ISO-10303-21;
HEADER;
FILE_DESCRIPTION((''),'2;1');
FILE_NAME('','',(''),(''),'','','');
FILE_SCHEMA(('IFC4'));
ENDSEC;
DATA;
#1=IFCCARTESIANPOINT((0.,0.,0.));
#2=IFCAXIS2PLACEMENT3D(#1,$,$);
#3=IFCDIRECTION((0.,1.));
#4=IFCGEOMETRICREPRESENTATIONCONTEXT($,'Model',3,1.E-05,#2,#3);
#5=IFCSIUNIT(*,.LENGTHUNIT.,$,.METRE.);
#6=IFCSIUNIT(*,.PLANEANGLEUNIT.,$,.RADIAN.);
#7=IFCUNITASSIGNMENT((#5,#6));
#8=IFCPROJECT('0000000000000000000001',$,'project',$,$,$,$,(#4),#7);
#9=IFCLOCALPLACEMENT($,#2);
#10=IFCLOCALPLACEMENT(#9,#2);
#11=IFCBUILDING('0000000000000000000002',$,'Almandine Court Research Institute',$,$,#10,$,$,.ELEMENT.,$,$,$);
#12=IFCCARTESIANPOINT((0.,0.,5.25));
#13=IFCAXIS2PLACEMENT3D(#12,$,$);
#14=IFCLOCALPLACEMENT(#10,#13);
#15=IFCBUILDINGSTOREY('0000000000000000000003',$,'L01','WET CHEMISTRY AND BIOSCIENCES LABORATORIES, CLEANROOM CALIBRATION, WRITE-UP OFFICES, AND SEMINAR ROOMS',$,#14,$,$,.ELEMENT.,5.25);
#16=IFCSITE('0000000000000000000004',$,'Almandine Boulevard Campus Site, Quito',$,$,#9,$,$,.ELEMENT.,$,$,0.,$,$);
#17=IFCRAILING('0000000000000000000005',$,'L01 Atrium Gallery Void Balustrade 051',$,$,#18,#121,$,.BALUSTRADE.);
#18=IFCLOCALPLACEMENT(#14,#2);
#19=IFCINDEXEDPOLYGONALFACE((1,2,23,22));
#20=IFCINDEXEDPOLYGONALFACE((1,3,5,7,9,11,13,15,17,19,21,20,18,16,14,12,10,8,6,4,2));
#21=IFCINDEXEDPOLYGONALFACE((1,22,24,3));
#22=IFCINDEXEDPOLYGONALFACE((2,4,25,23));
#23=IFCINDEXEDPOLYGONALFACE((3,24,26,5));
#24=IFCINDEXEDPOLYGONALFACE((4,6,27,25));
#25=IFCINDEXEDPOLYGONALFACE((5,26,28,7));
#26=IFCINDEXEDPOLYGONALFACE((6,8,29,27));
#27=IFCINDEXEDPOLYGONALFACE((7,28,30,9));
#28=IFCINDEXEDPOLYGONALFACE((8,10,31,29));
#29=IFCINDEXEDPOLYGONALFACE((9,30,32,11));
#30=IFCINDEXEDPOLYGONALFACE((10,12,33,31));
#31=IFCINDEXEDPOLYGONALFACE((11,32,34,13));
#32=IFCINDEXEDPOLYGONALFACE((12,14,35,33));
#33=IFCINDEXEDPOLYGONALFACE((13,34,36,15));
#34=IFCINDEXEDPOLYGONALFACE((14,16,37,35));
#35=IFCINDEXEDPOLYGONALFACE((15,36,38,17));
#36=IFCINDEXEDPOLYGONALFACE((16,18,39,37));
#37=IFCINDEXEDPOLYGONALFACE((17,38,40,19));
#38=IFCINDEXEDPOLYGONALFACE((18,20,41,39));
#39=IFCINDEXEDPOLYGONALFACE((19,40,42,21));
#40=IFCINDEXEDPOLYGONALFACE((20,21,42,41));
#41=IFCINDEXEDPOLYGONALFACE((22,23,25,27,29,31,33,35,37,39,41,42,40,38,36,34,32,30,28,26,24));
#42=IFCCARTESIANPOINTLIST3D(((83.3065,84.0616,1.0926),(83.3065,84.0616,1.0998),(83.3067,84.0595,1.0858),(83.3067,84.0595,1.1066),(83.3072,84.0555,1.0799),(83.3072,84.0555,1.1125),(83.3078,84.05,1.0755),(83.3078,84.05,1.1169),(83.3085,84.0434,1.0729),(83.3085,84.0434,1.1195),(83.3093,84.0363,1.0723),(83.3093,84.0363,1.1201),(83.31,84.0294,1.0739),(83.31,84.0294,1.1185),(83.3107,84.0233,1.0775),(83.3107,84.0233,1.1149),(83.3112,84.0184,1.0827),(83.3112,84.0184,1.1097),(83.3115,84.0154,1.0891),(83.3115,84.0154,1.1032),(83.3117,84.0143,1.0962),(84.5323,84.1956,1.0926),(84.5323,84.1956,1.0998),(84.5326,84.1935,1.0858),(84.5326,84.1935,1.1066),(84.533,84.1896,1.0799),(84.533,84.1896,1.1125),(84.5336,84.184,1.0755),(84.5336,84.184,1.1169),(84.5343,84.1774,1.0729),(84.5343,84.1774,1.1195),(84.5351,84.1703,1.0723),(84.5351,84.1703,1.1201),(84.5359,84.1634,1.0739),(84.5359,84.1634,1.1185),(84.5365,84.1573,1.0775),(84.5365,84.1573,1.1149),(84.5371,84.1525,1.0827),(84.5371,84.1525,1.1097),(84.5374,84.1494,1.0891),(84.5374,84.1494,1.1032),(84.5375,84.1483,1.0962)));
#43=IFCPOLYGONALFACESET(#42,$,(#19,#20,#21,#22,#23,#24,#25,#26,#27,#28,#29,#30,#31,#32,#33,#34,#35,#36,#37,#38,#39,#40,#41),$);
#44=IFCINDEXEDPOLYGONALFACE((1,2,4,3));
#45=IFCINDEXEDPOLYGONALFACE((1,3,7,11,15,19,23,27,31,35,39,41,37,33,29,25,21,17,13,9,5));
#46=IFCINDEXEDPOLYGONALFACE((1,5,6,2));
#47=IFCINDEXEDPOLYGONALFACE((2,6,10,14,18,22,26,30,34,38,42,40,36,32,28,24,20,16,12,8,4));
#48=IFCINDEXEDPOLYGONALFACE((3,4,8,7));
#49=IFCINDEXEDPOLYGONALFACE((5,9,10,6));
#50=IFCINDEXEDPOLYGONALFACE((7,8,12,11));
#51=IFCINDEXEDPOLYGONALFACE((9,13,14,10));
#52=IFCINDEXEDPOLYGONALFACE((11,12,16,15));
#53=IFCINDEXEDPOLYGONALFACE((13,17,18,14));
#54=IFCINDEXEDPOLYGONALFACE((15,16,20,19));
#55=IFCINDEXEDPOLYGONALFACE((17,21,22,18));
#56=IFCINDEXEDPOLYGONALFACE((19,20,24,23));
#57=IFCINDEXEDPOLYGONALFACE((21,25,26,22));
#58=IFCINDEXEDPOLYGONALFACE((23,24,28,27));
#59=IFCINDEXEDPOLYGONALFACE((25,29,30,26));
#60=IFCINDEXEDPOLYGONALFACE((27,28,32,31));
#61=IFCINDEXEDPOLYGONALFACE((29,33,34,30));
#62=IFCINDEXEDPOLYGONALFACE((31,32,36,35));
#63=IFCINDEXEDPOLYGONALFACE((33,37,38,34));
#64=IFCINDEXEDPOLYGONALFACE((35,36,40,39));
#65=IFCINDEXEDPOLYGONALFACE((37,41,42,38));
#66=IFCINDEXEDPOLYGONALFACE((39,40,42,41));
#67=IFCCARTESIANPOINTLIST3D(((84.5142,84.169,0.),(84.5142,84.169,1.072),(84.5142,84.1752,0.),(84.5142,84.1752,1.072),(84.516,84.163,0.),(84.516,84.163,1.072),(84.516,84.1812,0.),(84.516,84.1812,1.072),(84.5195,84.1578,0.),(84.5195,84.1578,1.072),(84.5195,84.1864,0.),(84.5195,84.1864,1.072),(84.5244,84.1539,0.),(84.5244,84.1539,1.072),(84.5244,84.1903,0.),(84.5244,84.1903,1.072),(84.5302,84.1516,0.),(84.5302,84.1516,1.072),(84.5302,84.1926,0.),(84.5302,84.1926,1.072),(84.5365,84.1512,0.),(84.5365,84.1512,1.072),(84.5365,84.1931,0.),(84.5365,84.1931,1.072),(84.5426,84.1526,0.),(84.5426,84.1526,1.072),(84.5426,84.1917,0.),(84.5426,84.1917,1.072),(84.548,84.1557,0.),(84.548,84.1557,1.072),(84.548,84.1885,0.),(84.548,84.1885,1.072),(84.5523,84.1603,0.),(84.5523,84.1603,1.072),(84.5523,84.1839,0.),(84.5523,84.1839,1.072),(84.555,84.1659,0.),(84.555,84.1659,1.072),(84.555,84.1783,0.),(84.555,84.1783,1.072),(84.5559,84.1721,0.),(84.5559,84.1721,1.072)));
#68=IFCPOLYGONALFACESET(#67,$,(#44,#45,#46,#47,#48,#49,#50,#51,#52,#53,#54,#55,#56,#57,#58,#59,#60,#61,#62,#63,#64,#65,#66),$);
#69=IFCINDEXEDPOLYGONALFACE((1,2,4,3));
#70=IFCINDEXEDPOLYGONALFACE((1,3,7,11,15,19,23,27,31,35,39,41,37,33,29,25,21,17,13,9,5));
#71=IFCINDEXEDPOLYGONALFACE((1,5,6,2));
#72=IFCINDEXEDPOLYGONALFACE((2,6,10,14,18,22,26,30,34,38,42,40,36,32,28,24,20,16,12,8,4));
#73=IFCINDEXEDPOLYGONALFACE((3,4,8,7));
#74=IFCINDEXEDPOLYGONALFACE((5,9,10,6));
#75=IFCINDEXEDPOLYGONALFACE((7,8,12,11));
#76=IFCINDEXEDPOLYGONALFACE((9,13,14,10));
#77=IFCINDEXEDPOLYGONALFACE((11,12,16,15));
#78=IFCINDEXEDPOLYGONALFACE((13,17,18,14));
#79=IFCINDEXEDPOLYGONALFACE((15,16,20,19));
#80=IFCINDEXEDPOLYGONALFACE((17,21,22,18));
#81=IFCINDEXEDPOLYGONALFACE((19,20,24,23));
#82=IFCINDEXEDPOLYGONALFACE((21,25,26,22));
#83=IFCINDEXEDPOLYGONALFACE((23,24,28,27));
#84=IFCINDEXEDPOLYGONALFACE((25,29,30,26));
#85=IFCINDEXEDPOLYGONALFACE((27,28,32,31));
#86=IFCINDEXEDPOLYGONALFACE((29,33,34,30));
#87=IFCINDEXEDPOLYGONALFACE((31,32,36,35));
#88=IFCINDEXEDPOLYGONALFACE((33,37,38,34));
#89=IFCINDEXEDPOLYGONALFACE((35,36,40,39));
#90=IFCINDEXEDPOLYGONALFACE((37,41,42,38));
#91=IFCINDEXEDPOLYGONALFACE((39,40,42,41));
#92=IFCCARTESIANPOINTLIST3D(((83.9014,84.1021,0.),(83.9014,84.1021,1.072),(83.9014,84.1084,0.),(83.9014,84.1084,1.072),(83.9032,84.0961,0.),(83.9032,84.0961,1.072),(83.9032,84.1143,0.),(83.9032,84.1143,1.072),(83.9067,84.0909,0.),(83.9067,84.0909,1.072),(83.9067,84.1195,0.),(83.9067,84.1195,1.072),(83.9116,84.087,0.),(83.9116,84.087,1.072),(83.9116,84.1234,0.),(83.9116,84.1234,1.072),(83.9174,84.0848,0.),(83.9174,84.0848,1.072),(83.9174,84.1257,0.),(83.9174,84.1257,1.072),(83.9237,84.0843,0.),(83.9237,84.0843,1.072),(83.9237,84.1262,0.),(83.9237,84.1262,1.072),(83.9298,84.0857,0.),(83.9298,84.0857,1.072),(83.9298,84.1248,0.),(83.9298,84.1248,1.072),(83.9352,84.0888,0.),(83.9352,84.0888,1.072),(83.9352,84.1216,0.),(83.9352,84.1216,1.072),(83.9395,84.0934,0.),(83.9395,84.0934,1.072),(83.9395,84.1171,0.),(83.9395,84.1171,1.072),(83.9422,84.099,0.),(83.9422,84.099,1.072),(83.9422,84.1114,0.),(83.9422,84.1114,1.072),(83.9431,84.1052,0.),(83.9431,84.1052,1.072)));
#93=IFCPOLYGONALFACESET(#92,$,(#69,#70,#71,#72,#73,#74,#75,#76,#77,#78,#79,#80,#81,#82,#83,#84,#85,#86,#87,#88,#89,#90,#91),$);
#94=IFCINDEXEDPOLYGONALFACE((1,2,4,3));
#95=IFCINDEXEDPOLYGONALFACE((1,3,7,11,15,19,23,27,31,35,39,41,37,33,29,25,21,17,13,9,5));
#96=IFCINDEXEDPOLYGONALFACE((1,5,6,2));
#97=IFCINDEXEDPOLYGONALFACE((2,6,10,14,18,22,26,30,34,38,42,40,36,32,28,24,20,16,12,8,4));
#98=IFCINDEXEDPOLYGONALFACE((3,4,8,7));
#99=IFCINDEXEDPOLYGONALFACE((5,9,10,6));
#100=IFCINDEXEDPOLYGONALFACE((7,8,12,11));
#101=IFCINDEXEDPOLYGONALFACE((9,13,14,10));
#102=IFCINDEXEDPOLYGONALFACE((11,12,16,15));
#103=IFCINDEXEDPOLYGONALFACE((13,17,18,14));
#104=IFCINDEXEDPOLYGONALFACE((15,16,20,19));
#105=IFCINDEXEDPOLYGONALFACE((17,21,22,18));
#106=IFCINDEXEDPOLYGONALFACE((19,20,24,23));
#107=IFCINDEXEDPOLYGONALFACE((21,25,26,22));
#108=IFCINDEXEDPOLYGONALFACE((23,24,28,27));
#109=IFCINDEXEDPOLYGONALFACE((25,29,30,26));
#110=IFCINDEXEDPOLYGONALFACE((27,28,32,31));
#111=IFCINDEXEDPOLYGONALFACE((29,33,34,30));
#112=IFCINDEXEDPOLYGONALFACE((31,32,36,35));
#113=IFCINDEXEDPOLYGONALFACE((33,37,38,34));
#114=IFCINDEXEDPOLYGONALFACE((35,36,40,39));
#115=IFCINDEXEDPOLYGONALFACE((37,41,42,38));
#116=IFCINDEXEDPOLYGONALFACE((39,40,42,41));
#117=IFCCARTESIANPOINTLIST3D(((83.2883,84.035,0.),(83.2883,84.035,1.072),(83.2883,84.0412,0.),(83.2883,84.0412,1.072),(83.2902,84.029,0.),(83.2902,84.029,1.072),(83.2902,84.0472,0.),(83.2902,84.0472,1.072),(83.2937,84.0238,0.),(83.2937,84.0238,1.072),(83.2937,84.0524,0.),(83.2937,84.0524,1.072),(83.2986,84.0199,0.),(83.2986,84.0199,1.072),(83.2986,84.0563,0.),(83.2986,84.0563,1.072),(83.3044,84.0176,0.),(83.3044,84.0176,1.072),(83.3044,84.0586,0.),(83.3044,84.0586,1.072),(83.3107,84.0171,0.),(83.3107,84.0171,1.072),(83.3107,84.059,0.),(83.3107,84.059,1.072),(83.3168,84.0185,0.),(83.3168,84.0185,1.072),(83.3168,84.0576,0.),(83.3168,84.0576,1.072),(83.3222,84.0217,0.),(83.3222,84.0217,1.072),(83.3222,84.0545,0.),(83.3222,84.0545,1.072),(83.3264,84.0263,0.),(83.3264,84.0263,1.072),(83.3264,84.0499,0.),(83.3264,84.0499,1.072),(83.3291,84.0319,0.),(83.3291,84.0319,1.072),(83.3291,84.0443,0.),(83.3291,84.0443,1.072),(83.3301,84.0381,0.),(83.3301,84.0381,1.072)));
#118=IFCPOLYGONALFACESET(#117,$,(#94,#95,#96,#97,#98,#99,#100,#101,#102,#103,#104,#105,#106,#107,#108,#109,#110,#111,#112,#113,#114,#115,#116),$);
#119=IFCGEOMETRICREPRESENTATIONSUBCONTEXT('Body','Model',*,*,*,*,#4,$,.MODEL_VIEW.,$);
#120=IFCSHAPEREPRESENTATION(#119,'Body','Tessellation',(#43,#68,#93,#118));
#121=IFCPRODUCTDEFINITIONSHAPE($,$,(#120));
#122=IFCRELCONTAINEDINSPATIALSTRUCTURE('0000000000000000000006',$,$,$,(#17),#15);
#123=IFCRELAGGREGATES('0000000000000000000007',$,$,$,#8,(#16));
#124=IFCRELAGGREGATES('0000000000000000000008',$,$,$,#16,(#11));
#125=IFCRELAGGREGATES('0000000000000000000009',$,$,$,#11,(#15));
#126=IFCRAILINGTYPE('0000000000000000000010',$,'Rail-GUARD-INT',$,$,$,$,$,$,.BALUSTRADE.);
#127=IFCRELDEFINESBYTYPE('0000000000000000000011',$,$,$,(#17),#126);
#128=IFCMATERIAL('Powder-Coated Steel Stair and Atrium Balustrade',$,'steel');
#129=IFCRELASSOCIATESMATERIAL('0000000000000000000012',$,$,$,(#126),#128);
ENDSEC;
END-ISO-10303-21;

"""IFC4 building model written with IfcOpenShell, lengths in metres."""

from ifc_helpers import new_model, si_unit, direction, frame, origin, origin_2d, place, context, subcontext, project, spatial, circle, extrude, material, type_object, element, save


model = new_model("IFC4")

# Units and contexts
model_context = context("Model", 3, precision=1e-05, world=origin(), true_north=direction((0.0, 1.0)))
body_context = subcontext(model_context, "Body", "Model", "MODEL_VIEW")
ifc_project = project(units=[si_unit("LENGTHUNIT", "METRE"), si_unit("PLANEANGLEUNIT", "RADIAN")], contexts=[model_context])

# Site, building, storey
site_placement = place(None, origin())
site = spatial("IfcSite", under=ifc_project, at=site_placement, Name="Almandine Boulevard Campus Site, Quito", CompositionType="ELEMENT", RefElevation=0.0)
building_placement = place(site_placement, origin())
building = spatial("IfcBuilding", under=site, at=building_placement, Name="Almandine Court Research Institute", CompositionType="ELEMENT")
storey_placement = place(building_placement, frame((0.0, 0.0, 5.25)))
storey = spatial("IfcBuildingStorey", under=building, at=storey_placement, Name="L01", Description="WET CHEMISTRY AND BIOSCIENCES LABORATORIES, CLEANROOM CALIBRATION, WRITE-UP OFFICES, AND SEMINAR ROOMS", CompositionType="ELEMENT", Elevation=5.25)

# Railing
ifc_material_1 = material(Name="Powder-Coated Steel Stair and Atrium Balustrade", Category="steel")
railing_type = type_object("IfcRailingType", Name="Rail-GUARD-INT", PredefinedType="BALUSTRADE", material=ifc_material_1)
railing_1_placement = place(storey_placement, frame((84.5349, 84.1721, 0.0)))
element("IfcRailing", 1, at=railing_1_placement, inside=storey, type_object=railing_type, Name="L01 Atrium Gallery Void Balustrade 051", PredefinedType="BALUSTRADE", context=body_context, shape_type="SweptSolid", body=[
    extrude(circle(Radius=0.0239, at=origin_2d()), frame((0.0, 0.0, 1.0962), z_axis=(-0.994075, -0.108693, 0.0), x_axis=(0.108693, -0.994075, 0.0)), (0.0, 0.0, 1.0), 1.2332),
    extrude(circle(Radius=0.021, at=origin_2d()), origin(), (0.0, 0.0, 1.0), 1.072),
    extrude(circle(Radius=0.021, at=origin_2d()), frame((-0.6128, -0.0669, 0.0)), (0.0, 0.0, 1.0), 1.072),
    extrude(circle(Radius=0.021, at=origin_2d()), frame((-1.2258, -0.134, 0.0)), (0.0, 0.0, 1.0), 1.072),
])

save(model, "model.ifc")
